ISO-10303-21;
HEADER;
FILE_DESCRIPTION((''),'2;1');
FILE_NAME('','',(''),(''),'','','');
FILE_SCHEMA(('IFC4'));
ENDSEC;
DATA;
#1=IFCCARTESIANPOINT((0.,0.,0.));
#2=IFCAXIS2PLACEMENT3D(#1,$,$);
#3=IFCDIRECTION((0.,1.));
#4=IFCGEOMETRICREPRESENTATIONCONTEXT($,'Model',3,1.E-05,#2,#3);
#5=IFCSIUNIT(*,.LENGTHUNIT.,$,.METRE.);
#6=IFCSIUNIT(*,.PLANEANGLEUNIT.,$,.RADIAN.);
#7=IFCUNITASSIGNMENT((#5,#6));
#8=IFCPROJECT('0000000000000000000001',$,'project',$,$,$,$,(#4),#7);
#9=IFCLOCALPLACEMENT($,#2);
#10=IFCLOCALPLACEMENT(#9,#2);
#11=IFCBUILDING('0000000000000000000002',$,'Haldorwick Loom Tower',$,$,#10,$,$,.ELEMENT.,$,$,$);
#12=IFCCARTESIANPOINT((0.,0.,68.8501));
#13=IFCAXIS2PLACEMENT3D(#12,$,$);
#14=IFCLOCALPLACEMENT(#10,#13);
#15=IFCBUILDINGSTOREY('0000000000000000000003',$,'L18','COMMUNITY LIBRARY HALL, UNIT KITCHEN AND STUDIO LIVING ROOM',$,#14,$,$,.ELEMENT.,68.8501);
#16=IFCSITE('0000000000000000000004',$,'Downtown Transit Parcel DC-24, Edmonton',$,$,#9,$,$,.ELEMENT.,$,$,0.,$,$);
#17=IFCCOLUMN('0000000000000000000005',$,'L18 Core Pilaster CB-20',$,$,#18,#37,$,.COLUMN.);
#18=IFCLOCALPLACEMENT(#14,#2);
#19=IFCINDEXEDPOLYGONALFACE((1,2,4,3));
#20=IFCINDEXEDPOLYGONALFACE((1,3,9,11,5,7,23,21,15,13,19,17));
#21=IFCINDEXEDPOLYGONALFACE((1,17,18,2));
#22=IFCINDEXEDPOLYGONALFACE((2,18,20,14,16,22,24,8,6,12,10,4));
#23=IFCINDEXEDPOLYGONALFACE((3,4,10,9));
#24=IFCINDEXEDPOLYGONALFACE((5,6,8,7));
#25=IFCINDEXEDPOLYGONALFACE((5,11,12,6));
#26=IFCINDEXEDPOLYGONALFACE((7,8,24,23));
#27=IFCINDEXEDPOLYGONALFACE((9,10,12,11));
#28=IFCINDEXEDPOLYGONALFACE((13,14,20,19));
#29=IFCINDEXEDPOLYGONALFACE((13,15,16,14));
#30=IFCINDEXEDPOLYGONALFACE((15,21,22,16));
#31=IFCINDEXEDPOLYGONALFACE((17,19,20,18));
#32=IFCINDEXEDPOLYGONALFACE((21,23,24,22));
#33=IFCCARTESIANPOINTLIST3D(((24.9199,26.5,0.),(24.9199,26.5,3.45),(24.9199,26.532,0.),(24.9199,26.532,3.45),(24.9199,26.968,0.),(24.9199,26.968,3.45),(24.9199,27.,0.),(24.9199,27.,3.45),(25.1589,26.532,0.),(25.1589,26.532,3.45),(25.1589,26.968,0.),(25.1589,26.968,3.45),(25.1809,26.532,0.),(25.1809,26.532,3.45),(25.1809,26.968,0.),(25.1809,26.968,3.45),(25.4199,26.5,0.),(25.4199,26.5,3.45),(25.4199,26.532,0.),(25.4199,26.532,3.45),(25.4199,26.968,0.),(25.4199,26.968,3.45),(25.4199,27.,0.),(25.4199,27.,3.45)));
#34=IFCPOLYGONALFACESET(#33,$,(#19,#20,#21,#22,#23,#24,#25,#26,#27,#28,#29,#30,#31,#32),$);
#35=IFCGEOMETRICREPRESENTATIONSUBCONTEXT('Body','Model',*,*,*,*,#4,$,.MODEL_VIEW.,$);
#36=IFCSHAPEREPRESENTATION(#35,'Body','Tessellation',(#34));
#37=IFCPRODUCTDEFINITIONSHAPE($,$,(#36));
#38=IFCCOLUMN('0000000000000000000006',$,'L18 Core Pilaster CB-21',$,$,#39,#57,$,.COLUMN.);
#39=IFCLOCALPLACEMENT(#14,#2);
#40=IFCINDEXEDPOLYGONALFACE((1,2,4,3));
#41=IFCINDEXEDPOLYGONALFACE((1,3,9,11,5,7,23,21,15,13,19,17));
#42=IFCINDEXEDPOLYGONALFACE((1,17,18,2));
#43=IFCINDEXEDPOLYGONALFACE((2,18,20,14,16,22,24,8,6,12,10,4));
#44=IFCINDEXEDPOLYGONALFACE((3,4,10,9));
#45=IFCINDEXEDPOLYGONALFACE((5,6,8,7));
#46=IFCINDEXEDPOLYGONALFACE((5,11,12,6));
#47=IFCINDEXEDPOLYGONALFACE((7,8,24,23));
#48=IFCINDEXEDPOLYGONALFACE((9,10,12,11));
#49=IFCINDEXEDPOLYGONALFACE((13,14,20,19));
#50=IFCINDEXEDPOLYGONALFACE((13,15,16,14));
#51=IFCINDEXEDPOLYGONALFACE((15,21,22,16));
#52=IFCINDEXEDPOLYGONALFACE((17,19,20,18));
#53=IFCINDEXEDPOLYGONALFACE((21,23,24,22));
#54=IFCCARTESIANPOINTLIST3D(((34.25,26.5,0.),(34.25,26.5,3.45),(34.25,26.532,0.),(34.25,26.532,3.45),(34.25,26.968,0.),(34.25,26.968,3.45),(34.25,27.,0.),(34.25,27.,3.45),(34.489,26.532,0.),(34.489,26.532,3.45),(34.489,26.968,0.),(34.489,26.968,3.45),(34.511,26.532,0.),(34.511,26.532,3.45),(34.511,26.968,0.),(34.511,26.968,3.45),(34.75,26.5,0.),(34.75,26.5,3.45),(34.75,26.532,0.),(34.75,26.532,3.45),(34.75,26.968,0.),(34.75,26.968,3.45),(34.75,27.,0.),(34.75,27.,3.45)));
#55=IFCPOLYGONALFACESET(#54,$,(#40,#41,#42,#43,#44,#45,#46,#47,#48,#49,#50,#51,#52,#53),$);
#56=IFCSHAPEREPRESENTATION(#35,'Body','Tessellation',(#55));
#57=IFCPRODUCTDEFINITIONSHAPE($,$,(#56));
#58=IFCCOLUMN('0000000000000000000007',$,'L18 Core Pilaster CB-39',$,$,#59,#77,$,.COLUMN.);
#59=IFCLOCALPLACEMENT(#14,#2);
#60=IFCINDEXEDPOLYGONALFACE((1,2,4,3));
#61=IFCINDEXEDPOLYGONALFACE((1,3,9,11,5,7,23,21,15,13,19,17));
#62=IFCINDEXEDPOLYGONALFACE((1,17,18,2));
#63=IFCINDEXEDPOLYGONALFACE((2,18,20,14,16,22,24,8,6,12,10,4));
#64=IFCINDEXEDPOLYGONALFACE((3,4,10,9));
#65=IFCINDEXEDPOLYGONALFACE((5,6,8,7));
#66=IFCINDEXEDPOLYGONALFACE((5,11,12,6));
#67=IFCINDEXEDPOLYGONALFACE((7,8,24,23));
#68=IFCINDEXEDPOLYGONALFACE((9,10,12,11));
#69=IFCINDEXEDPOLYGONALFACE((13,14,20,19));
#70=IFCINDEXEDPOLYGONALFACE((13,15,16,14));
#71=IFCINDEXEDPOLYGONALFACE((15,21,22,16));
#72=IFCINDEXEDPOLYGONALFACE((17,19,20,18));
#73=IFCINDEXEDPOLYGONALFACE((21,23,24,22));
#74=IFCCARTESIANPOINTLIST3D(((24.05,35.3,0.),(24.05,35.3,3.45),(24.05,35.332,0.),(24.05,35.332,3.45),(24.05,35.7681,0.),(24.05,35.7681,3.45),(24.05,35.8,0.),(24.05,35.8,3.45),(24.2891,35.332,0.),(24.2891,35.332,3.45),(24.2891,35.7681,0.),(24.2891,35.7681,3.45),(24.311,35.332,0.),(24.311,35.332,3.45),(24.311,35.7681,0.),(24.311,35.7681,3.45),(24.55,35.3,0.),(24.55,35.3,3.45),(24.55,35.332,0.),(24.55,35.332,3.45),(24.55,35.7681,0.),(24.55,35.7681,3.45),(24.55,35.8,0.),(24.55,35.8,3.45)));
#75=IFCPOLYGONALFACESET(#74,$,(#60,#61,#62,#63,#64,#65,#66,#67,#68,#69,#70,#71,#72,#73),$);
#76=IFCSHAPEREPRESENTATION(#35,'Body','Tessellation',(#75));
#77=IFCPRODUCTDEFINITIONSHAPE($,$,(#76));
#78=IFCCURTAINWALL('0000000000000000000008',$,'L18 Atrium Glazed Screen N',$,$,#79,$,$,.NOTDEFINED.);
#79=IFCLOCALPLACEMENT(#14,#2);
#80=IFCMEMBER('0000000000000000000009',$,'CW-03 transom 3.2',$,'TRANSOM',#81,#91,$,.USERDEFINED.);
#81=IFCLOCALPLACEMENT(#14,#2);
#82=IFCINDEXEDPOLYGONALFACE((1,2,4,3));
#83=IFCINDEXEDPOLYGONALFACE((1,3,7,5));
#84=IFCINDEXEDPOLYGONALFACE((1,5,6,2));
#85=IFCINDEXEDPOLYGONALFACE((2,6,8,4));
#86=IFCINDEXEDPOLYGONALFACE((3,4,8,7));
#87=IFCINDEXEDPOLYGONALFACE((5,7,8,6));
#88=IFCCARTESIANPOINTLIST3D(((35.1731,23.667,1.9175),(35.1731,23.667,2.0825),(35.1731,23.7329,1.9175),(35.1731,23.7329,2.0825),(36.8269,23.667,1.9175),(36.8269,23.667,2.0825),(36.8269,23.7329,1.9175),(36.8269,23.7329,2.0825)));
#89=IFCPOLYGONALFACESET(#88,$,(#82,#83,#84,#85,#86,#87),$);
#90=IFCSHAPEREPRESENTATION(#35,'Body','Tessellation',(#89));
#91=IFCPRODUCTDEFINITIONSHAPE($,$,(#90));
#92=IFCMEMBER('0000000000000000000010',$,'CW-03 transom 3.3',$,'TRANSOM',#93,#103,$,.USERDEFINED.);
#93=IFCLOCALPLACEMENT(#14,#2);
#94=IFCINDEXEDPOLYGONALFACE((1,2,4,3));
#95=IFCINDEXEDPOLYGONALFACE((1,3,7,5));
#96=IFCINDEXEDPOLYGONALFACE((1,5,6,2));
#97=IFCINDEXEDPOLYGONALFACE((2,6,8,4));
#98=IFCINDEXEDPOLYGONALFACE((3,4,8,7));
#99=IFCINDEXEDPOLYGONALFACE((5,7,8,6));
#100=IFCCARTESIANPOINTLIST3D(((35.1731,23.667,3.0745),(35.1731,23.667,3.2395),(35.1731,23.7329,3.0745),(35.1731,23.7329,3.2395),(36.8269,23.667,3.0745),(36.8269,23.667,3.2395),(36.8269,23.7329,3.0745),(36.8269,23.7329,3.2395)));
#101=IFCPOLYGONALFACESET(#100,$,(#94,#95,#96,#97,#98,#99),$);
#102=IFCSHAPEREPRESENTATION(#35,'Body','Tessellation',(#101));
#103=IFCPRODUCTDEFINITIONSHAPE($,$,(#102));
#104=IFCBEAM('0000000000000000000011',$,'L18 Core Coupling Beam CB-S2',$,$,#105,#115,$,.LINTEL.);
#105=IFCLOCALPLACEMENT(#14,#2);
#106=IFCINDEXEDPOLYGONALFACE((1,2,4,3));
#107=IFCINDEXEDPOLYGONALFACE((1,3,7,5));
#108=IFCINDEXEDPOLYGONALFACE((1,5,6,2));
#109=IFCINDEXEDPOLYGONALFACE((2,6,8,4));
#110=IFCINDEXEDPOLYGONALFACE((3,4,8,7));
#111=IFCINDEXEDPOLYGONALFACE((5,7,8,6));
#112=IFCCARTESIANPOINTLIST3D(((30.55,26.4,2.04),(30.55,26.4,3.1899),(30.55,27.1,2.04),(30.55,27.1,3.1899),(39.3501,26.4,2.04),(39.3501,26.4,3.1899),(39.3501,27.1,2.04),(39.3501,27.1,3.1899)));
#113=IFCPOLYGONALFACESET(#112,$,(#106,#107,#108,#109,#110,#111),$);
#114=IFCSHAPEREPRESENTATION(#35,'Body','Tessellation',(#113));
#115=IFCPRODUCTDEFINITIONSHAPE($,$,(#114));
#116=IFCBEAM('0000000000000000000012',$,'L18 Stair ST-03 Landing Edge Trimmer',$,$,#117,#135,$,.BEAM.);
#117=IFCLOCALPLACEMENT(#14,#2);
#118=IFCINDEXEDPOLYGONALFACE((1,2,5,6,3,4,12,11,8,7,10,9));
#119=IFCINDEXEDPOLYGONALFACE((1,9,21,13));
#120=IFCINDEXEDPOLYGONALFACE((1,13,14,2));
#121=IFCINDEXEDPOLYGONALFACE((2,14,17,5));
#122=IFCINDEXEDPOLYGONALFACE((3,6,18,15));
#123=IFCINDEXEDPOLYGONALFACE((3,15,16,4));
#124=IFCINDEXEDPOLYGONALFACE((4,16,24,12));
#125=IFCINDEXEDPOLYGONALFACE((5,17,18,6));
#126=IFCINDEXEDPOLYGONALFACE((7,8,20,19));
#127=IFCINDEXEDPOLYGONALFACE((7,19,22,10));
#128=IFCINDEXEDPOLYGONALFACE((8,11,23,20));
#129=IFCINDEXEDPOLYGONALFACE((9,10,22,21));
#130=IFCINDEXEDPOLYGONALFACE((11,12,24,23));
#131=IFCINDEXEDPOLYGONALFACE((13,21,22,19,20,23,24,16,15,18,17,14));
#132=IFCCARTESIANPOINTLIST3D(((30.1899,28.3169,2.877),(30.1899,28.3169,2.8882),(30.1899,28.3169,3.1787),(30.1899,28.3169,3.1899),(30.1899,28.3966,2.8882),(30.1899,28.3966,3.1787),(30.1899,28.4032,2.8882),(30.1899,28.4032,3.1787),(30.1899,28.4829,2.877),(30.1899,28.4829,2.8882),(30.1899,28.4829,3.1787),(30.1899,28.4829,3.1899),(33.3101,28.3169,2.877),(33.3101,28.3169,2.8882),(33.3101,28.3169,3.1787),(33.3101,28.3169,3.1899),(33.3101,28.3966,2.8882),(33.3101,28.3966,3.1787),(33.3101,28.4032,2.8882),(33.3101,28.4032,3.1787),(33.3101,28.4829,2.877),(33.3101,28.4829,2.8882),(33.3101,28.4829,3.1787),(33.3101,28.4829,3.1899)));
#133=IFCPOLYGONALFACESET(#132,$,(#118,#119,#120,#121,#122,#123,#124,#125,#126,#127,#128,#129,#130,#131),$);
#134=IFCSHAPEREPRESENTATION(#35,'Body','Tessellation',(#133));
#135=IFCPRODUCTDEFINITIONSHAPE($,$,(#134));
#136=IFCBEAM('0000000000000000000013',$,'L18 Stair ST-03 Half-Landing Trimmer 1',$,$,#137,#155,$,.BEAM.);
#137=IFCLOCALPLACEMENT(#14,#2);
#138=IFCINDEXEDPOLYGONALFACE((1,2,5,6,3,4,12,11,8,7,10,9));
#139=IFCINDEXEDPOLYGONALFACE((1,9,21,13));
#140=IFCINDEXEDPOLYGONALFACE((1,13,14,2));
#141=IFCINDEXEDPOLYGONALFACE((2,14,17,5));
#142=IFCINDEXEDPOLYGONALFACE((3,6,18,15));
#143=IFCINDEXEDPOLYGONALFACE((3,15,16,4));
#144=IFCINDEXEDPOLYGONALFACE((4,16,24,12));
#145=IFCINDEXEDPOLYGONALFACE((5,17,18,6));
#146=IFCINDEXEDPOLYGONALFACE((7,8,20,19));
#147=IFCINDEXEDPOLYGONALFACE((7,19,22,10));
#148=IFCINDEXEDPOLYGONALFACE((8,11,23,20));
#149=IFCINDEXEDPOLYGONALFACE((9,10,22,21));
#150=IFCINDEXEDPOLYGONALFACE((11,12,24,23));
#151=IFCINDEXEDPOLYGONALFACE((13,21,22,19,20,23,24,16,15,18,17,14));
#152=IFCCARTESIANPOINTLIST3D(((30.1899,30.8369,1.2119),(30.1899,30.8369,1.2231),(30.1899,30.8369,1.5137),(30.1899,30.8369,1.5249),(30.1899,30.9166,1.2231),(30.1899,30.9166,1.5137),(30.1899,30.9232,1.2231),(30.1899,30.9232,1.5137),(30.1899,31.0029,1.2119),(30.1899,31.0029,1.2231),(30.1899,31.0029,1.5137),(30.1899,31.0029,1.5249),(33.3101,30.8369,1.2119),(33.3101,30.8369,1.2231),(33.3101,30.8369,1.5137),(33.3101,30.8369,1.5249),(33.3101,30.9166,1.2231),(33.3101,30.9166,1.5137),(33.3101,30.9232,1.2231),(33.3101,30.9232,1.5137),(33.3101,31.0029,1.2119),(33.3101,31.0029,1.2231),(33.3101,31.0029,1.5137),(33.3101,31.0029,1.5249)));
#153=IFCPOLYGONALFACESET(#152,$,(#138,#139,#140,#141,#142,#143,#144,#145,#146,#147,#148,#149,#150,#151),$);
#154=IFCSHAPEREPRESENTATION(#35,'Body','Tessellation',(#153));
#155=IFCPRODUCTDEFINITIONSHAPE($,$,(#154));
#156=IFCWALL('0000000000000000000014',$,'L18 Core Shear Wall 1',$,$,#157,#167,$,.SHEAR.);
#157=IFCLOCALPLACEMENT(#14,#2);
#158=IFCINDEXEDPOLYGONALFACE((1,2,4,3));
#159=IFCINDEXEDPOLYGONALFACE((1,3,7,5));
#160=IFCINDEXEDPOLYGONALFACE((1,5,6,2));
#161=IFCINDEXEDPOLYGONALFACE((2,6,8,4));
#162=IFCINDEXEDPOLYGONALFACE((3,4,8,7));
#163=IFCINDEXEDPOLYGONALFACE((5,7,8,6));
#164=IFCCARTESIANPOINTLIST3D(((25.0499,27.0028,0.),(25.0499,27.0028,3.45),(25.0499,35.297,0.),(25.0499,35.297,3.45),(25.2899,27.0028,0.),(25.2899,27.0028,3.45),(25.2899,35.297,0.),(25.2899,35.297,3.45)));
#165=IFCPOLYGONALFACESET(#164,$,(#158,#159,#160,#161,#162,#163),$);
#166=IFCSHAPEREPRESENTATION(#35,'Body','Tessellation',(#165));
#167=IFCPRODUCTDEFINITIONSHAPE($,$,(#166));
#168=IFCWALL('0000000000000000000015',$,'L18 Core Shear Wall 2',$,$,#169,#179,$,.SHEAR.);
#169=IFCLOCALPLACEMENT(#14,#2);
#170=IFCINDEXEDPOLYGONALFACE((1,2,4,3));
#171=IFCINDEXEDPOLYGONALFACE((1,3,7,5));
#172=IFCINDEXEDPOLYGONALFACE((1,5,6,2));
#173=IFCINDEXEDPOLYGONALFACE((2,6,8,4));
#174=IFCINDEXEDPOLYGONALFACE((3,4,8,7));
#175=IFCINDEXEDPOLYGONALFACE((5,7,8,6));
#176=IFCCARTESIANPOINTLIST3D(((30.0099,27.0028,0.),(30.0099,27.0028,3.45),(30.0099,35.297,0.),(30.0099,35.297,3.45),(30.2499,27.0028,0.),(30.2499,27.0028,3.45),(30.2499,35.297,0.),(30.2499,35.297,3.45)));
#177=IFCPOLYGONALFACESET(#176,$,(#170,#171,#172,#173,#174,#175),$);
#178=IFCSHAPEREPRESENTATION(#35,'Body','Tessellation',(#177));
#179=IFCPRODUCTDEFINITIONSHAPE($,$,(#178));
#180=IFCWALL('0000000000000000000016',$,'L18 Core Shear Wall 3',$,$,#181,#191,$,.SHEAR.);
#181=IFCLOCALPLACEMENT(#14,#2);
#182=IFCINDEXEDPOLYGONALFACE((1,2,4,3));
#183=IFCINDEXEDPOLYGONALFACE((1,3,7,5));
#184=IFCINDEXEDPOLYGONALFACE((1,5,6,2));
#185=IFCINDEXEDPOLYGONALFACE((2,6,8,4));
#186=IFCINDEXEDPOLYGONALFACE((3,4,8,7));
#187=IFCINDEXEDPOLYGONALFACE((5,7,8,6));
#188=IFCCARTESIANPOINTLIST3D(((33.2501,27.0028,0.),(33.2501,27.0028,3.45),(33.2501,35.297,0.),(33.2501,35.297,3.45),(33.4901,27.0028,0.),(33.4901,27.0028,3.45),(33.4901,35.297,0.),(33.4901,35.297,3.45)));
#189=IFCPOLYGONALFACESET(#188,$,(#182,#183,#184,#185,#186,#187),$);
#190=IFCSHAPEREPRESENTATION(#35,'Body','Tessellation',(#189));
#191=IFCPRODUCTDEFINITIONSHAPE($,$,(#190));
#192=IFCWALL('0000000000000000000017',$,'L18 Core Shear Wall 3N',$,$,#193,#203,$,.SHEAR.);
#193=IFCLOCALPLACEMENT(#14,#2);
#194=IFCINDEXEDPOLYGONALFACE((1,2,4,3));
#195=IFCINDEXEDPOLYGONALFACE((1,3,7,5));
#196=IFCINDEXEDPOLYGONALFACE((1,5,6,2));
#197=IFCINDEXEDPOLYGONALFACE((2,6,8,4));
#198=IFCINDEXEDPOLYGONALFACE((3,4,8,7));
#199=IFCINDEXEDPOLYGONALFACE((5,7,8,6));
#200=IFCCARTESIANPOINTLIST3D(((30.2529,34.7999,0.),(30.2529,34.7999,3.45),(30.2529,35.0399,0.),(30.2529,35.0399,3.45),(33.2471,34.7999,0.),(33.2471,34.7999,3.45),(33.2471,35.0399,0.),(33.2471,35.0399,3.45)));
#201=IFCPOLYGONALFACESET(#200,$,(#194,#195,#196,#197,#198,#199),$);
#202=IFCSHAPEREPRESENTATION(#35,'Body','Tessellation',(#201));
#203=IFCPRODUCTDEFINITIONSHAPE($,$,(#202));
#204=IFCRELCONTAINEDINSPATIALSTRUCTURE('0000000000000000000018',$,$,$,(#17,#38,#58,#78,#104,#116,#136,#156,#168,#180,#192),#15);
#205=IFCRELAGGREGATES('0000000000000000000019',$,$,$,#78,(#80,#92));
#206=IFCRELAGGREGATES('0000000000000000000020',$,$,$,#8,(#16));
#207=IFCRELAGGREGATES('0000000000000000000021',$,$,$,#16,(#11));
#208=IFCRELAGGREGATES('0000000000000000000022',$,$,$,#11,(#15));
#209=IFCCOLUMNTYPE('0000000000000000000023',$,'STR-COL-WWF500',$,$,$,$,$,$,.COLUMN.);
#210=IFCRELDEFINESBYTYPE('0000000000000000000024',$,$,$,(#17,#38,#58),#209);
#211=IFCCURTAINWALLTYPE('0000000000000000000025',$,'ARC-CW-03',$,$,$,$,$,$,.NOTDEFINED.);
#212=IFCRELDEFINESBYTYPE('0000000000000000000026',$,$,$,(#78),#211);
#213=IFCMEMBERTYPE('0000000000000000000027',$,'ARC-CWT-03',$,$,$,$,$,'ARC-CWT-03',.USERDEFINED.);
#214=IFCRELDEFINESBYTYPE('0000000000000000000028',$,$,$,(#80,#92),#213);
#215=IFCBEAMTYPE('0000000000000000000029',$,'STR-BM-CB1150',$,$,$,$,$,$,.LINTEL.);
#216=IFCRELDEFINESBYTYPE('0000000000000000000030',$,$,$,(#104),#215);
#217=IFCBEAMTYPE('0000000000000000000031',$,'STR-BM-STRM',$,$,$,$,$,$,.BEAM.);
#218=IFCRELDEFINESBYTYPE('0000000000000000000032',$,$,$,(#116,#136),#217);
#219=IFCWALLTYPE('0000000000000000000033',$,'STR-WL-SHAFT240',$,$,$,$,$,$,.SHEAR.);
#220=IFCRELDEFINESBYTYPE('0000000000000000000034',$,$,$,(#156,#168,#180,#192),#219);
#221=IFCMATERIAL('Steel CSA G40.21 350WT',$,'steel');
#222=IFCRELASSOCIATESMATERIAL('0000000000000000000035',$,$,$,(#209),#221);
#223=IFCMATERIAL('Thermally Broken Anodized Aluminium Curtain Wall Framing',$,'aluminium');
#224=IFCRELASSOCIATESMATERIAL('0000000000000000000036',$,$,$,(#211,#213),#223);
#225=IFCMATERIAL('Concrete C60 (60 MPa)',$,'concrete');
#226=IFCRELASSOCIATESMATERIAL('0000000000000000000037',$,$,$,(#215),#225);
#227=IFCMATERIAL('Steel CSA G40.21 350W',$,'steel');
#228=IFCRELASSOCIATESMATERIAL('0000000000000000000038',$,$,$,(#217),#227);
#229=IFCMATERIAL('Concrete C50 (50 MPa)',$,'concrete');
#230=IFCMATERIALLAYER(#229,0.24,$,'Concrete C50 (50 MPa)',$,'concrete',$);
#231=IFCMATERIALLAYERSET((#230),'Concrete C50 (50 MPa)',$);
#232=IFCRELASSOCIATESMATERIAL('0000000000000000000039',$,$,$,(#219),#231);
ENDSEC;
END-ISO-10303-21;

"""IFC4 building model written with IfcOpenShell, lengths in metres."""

from ifc_helpers import new_model, si_unit, direction, frame, frame_2d, origin, origin_2d, place, context, subcontext, project, spatial, rectangle, i_section, extrude, material, layer, layer_set, material_profile, profile_set, type_object, element, aggregate, save


model = new_model("IFC4")

# Units and contexts
model_context = context("Model", 3, precision=1e-05, world=origin(), true_north=direction((0.0, 1.0)))
body_context = subcontext(model_context, "Body", "Model", "MODEL_VIEW")
ifc_project = project(units=[si_unit("LENGTHUNIT", "METRE"), si_unit("PLANEANGLEUNIT", "RADIAN")], contexts=[model_context])

# Site, building, storey
site_placement = place(None, origin())
site = spatial("IfcSite", under=ifc_project, at=site_placement, Name="Downtown Transit Parcel DC-24, Edmonton", CompositionType="ELEMENT", RefElevation=0.0)
building_placement = place(site_placement, origin())
building = spatial("IfcBuilding", under=site, at=building_placement, Name="Haldorwick Loom Tower", CompositionType="ELEMENT")
storey_placement = place(building_placement, frame((0.0, 0.0, 68.8501)))
storey = spatial("IfcBuildingStorey", under=building, at=storey_placement, Name="L18", Description="COMMUNITY LIBRARY HALL, UNIT KITCHEN AND STUDIO LIVING ROOM", CompositionType="ELEMENT", Elevation=68.8501)

# Columns
ifc_material_1 = material(Name="Steel CSA G40.21 350WT", Category="steel")
ifc_material_profile_1 = material_profile(ifc_material_1, i_section(OverallWidth=0.5, OverallDepth=0.5, WebThickness=0.022, FlangeThickness=0.032, at=origin_2d()), Name="WWF500X500", Category="steel")
ifc_profile_set_1 = profile_set([ifc_material_profile_1], Name="Steel CSA G40.21 350WT")
column_type = type_object("IfcColumnType", Name="STR-COL-WWF500", PredefinedType="COLUMN", material=ifc_profile_set_1)
for number, where, z_axis, x_axis, name in (
    (1, (25.1699, 26.75, 0.0), (0.0, 0.0, 1.0), (1.0, 0.0, 0.0), "L18 Core Pilaster CB-20"),
    (2, (34.5, 26.75, 0.0), (0.0, 0.0, 1.0), (1.0, 0.0, 0.0), "L18 Core Pilaster CB-21"),
    (3, (24.3, 35.55, 0.0), (0.0, 0.0, 1.0), (1.0, 0.0, 0.0), "L18 Core Pilaster CB-39"),
):
    element("IfcColumn", number, at=place(storey_placement, frame(where, z_axis=z_axis, x_axis=x_axis)), inside=storey, type_object=column_type, Name=name, PredefinedType="COLUMN", context=body_context, shape_type="SweptSolid", body=[
        extrude(i_section(OverallWidth=0.5, OverallDepth=0.5, WebThickness=0.022, FlangeThickness=0.032, at=origin_2d()), origin(), (0.0, 0.0, 1.0), 3.45),
    ])

# Curtain wall, members
ifc_material_2 = material(Name="Thermally Broken Anodized Aluminium Curtain Wall Framing", Category="aluminium")
curtain_wall_type = type_object("IfcCurtainWallType", Name="ARC-CW-03", PredefinedType="NOTDEFINED", material=ifc_material_2)
curtain_wall_placement = place(storey_placement, origin())
curtain_wall = element("IfcCurtainWall", 4, at=curtain_wall_placement, inside=storey, type_object=curtain_wall_type, Name="L18 Atrium Glazed Screen N", PredefinedType="NOTDEFINED")
ifc_material_profile_2 = material_profile(ifc_material_2, rectangle(XDim=0.0659, YDim=0.165, at=origin_2d()), Name="ALU_TRN_66X165", Category="aluminium")
ifc_profile_set_2 = profile_set([ifc_material_profile_2], Name="Thermally Broken Anodized Aluminium Curtain Wall Framing")
member_type = type_object("IfcMemberType", Name="ARC-CWT-03", ElementType="ARC-CWT-03", PredefinedType="USERDEFINED", material=ifc_profile_set_2)
member_1_placement = place(storey_placement, frame((35.1731, 23.7, 2.0), z_axis=(1.0, 0.0, 0.0), x_axis=(0.0, 1.0, 0.0)))
member_1 = element("IfcMember", 5, at=member_1_placement, type_object=member_type, Name="CW-03 transom 3.2", ObjectType="TRANSOM", PredefinedType="USERDEFINED", context=body_context, shape_type="SweptSolid", body=[
    extrude(rectangle(XDim=0.0659, YDim=0.165, at=origin_2d()), origin(), (0.0, 0.0, 1.0), 1.6538),
])
member_2_placement = place(storey_placement, frame((35.1731, 23.7, 3.157), z_axis=(1.0, 0.0, 0.0), x_axis=(0.0, 1.0, 0.0)))
member_2 = element("IfcMember", 6, at=member_2_placement, type_object=member_type, Name="CW-03 transom 3.3", ObjectType="TRANSOM", PredefinedType="USERDEFINED", context=body_context, shape_type="SweptSolid", body=[
    extrude(rectangle(XDim=0.0659, YDim=0.165, at=origin_2d()), origin(), (0.0, 0.0, 1.0), 1.6538),
])
aggregate(curtain_wall, [member_1, member_2])

# Beams
ifc_material_3 = material(Name="Concrete C60 (60 MPa)", Category="concrete")
ifc_material_profile_3 = material_profile(ifc_material_3, rectangle(XDim=0.7, YDim=1.1499, at=origin_2d()), Name="RC700X1150", Category="concrete")
ifc_profile_set_3 = profile_set([ifc_material_profile_3], Name="Concrete C60 (60 MPa)")
beam_type_1 = type_object("IfcBeamType", Name="STR-BM-CB1150", PredefinedType="LINTEL", material=ifc_profile_set_3)
beam_placement = place(storey_placement, frame((30.55, 26.75, 2.615), z_axis=(1.0, 0.0, 0.0), x_axis=(0.0, 1.0, 0.0)))
element("IfcBeam", 7, at=beam_placement, inside=storey, type_object=beam_type_1, Name="L18 Core Coupling Beam CB-S2", PredefinedType="LINTEL", context=body_context, shape_type="SweptSolid", body=[
    extrude(rectangle(XDim=0.7, YDim=1.1499, at=origin_2d()), origin(), (0.0, 0.0, 1.0), 8.8),
])
ifc_material_4 = material(Name="Steel CSA G40.21 350W", Category="steel")
ifc_material_profile_4 = material_profile(ifc_material_4, i_section(OverallWidth=0.166, OverallDepth=0.313, WebThickness=0.0066, FlangeThickness=0.0112, at=origin_2d()), Name="W310X45", Category="steel")
ifc_profile_set_4 = profile_set([ifc_material_profile_4], Name="Steel CSA G40.21 350W")
beam_type_2 = type_object("IfcBeamType", Name="STR-BM-STRM", PredefinedType="BEAM", material=ifc_profile_set_4)
for number, where, z_axis, x_axis, name in (
    (8, (30.1899, 28.3999, 3.0334), (1.0, 0.0, 0.0), (0.0, 1.0, 0.0), "L18 Stair ST-03 Landing Edge Trimmer"),
    (9, (30.1899, 30.9199, 1.3684), (1.0, 0.0, 0.0), (0.0, 1.0, 0.0), "L18 Stair ST-03 Half-Landing Trimmer 1"),
):
    element("IfcBeam", number, at=place(storey_placement, frame(where, z_axis=z_axis, x_axis=x_axis)), inside=storey, type_object=beam_type_2, Name=name, PredefinedType="BEAM", context=body_context, shape_type="SweptSolid", body=[
        extrude(i_section(OverallWidth=0.166, OverallDepth=0.313, WebThickness=0.0066, FlangeThickness=0.0112, at=origin_2d()), origin(), (0.0, 0.0, 1.0), 3.1201),
    ])

# Walls
ifc_material_5 = material(Name="Concrete C50 (50 MPa)", Category="concrete")
ifc_layer = layer(ifc_material_5, 0.24, Name="Concrete C50 (50 MPa)", Category="concrete")
ifc_layer_set = layer_set([ifc_layer], Name="Concrete C50 (50 MPa)")
wall_type = type_object("IfcWallType", Name="STR-WL-SHAFT240", PredefinedType="SHEAR", material=ifc_layer_set)
for number, where, z_axis, x_axis, name in (
    (10, (25.1699, 27.0029, 0.0), (0.0, 0.0, 1.0), (0.0, 1.0, 0.0), "L18 Core Shear Wall 1"),
    (11, (30.1299, 27.0029, 0.0), (0.0, 0.0, 1.0), (0.0, 1.0, 0.0), "L18 Core Shear Wall 2"),
    (12, (33.3701, 27.0029, 0.0), (0.0, 0.0, 1.0), (0.0, 1.0, 0.0), "L18 Core Shear Wall 3"),
):
    element("IfcWall", number, at=place(storey_placement, frame(where, z_axis=z_axis, x_axis=x_axis)), inside=storey, type_object=wall_type, Name=name, PredefinedType="SHEAR", context=body_context, shape_type="SweptSolid", body=[
        extrude(rectangle(XDim=8.2942, YDim=0.24, at=frame_2d((4.147, 0.0))), origin(), (0.0, 0.0, 1.0), 3.45),
    ])
wall_1_placement = place(storey_placement, frame((30.2529, 34.9199, 0.0), z_axis=(0.0, 0.0, 1.0), x_axis=(1.0, 0.0, 0.0)))
element("IfcWall", 13, at=wall_1_placement, inside=storey, type_object=wall_type, Name="L18 Core Shear Wall 3N", PredefinedType="SHEAR", context=body_context, shape_type="SweptSolid", body=[
    extrude(rectangle(XDim=2.9941, YDim=0.24, at=frame_2d((1.4971, 0.0))), origin(), (0.0, 0.0, 1.0), 3.45),
])

save(model, "model.ifc")
